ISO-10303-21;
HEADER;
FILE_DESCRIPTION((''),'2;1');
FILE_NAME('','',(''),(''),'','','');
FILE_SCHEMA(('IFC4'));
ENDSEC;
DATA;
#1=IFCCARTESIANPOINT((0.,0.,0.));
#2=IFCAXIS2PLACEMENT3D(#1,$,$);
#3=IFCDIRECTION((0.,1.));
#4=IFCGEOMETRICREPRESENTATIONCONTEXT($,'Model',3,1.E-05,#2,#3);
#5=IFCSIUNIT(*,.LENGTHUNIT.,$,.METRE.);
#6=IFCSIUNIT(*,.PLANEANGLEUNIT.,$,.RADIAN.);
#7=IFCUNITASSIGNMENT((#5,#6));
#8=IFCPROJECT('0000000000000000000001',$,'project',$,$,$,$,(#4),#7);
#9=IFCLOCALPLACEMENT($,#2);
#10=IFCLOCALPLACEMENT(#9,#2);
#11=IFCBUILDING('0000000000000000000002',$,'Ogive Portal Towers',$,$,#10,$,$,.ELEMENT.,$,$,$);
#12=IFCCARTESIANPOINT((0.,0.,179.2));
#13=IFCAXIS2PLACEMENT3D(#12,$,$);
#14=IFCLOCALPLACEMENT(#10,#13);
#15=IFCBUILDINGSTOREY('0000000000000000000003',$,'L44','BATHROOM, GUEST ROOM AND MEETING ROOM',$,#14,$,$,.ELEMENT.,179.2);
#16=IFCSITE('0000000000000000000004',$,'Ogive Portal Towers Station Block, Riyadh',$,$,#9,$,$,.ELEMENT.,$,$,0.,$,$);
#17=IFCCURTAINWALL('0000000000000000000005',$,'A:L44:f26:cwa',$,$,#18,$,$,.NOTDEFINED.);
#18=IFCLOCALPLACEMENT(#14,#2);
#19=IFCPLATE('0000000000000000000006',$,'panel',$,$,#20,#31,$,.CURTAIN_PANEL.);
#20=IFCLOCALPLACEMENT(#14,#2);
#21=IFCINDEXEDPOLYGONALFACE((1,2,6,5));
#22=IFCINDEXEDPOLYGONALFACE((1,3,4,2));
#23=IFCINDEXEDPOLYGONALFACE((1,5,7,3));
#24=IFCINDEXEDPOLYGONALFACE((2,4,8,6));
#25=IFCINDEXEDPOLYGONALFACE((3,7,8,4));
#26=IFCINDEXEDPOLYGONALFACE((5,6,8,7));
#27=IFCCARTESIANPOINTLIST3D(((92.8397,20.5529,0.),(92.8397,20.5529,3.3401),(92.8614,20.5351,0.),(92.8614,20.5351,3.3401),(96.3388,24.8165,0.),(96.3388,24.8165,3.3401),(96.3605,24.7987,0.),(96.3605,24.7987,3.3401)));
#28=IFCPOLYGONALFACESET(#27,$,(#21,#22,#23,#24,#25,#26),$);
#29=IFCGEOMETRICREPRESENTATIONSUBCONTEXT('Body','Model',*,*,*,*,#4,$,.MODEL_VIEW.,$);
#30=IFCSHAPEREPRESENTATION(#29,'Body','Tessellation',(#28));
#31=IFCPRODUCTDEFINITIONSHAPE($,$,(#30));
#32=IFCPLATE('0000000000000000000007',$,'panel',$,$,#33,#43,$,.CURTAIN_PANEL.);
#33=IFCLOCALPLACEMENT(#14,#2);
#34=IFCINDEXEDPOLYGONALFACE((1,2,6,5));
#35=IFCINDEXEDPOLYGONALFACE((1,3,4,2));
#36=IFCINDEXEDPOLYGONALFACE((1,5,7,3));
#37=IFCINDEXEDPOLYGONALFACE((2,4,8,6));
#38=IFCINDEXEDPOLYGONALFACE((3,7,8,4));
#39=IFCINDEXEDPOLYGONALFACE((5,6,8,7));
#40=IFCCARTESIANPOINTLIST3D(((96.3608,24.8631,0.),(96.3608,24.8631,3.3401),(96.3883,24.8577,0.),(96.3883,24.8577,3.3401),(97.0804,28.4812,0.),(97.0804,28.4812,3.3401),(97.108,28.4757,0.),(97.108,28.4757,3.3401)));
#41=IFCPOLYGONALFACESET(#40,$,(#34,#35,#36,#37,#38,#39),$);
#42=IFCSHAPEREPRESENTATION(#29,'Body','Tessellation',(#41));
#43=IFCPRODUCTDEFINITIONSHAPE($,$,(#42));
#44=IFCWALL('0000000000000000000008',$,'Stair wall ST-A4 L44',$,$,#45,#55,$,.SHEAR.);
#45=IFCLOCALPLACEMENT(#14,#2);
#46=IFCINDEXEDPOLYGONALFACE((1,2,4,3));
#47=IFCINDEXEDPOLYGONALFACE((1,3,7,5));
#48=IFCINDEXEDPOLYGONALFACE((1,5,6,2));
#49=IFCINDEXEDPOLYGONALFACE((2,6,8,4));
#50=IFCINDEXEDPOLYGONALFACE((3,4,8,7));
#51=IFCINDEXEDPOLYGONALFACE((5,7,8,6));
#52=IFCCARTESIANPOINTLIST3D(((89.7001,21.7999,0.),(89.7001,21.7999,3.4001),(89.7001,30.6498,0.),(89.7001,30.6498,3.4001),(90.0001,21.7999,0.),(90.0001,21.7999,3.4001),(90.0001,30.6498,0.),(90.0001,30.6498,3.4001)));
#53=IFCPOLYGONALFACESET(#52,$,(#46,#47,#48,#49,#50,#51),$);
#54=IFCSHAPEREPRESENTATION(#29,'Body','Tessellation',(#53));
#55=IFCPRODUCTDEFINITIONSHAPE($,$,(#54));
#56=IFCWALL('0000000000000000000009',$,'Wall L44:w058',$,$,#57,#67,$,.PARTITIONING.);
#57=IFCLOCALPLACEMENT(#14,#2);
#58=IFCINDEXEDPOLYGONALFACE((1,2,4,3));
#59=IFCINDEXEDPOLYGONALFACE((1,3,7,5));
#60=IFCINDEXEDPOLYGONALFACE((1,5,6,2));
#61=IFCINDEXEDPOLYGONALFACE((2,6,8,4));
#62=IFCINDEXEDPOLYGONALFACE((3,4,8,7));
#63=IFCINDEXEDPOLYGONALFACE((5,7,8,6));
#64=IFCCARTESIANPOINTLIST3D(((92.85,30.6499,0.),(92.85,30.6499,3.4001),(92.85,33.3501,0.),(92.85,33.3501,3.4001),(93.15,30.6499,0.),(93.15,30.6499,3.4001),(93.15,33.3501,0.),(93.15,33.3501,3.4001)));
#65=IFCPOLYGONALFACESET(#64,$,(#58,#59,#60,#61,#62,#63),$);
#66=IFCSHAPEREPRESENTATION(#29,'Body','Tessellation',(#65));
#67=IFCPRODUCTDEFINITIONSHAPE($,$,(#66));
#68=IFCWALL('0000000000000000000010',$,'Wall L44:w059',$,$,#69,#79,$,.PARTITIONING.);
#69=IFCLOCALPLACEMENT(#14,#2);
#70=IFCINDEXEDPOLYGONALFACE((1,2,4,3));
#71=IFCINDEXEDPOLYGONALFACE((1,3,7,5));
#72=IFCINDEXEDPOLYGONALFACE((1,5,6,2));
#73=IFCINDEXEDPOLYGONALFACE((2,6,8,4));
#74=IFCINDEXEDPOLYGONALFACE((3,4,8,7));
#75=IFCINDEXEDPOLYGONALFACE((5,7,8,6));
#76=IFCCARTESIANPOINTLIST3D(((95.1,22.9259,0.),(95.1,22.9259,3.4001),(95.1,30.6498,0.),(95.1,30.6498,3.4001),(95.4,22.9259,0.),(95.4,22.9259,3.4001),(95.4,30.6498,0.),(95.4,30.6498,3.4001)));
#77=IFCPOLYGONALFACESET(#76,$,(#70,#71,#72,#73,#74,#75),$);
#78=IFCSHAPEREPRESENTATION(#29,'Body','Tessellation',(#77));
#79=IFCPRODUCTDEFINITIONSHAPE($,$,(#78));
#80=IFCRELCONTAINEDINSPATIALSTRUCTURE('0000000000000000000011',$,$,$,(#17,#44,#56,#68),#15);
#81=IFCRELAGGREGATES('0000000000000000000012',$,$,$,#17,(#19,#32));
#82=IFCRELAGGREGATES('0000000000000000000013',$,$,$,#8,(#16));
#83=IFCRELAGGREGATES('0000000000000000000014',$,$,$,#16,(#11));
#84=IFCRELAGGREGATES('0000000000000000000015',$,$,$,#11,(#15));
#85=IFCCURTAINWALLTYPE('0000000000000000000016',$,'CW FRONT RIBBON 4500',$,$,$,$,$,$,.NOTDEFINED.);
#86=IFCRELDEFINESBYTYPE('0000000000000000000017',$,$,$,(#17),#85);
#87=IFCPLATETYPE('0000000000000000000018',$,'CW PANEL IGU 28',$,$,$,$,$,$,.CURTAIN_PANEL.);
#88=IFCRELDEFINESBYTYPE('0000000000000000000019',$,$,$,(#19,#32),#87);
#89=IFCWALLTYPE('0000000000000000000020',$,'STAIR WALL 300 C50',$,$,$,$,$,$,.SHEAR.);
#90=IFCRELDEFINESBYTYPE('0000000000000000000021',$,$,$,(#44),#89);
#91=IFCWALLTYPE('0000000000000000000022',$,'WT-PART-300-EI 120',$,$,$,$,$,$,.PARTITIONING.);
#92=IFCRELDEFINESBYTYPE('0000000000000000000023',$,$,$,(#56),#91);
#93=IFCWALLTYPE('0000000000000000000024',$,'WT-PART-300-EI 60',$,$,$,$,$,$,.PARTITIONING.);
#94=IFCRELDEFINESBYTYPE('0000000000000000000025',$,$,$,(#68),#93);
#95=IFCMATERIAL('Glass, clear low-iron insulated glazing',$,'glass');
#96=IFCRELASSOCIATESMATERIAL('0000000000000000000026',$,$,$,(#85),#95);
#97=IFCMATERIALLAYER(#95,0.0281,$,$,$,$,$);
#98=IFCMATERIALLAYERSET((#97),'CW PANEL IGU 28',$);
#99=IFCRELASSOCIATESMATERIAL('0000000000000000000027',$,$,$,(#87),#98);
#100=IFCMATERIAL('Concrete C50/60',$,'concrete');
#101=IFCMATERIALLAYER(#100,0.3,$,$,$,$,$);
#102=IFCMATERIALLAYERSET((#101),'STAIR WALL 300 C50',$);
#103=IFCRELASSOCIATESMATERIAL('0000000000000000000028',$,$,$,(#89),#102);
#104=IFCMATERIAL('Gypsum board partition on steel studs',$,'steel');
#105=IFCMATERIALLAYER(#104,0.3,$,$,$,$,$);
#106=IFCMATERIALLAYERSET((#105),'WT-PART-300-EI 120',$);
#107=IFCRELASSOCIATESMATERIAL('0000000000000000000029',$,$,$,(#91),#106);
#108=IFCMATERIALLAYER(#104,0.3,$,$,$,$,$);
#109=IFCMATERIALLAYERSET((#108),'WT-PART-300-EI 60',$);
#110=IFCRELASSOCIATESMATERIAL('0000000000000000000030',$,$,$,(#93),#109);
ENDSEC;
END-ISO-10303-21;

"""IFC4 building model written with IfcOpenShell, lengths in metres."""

from ifc_helpers import new_model, si_unit, direction, frame, frame_2d, origin, origin_2d, place, context, subcontext, project, spatial, rectangle, extrude, material, layer, layer_set, type_object, element, aggregate, save


model = new_model("IFC4")

# Units and contexts
model_context = context("Model", 3, precision=1e-05, world=origin(), true_north=direction((0.0, 1.0)))
body_context = subcontext(model_context, "Body", "Model", "MODEL_VIEW")
ifc_project = project(units=[si_unit("LENGTHUNIT", "METRE"), si_unit("PLANEANGLEUNIT", "RADIAN")], contexts=[model_context])

# Site, building, storey
site_placement = place(None, origin())
site = spatial("IfcSite", under=ifc_project, at=site_placement, Name="Ogive Portal Towers Station Block, Riyadh", CompositionType="ELEMENT", RefElevation=0.0)
building_placement = place(site_placement, origin())
building = spatial("IfcBuilding", under=site, at=building_placement, Name="Ogive Portal Towers", CompositionType="ELEMENT")
storey_placement = place(building_placement, frame((0.0, 0.0, 179.2)))
storey = spatial("IfcBuildingStorey", under=building, at=storey_placement, Name="L44", Description="BATHROOM, GUEST ROOM AND MEETING ROOM", CompositionType="ELEMENT", Elevation=179.2)

# Curtain wall
ifc_material_1 = material(Name="Glass, clear low-iron insulated glazing", Category="glass")
curtain_wall_type = type_object("IfcCurtainWallType", Name="CW FRONT RIBBON 4500", PredefinedType="NOTDEFINED", material=ifc_material_1)
curtain_wall_1_placement = place(storey_placement, origin())
curtain_wall_1 = element("IfcCurtainWall", 1, at=curtain_wall_1_placement, inside=storey, type_object=curtain_wall_type, Name="A:L44:f26:cwa", PredefinedType="NOTDEFINED")

# Plates
ifc_layer_1 = layer(ifc_material_1, 0.0281)
ifc_layer_set_1 = layer_set([ifc_layer_1], Name="CW PANEL IGU 28")
plate_type = type_object("IfcPlateType", Name="CW PANEL IGU 28", PredefinedType="CURTAIN_PANEL", material=ifc_layer_set_1)
plate_1_placement = place(storey_placement, frame((94.6001, 22.6758, 0.0), z_axis=(0.0, 0.0, 1.0), x_axis=(0.634393, 0.77301, 0.0)))
plate_1 = element("IfcPlate", 2, at=plate_1_placement, type_object=plate_type, Name="panel", PredefinedType="CURTAIN_PANEL", context=body_context, shape_type="SweptSolid", body=[
    extrude(rectangle(XDim=5.5156, YDim=0.0281, at=origin_2d()), origin(), (0.0, 0.0, 1.0), 3.3401),
])
plate_2_placement = place(storey_placement, frame((96.7344, 26.6694, 0.0), z_axis=(0.0, 0.0, 1.0), x_axis=(0.19509, 0.980785, 0.0)))
plate_2 = element("IfcPlate", 3, at=plate_2_placement, type_object=plate_type, Name="panel", PredefinedType="CURTAIN_PANEL", context=body_context, shape_type="SweptSolid", body=[
    extrude(rectangle(XDim=3.689, YDim=0.0281, at=origin_2d()), origin(), (0.0, 0.0, 1.0), 3.3401),
])
aggregate(curtain_wall_1, [plate_1, plate_2])

# Walls
ifc_material_2 = material(Name="Concrete C50/60", Category="concrete")
ifc_layer_2 = layer(ifc_material_2, 0.3)
ifc_layer_set_2 = layer_set([ifc_layer_2], Name="STAIR WALL 300 C50")
wall_type_1 = type_object("IfcWallType", Name="STAIR WALL 300 C50", PredefinedType="SHEAR", material=ifc_layer_set_2)
wall_1_placement = place(storey_placement, frame((89.8501, 21.8, 0.0), z_axis=(0.0, 0.0, 1.0), x_axis=(0.0, 1.0, 0.0)))
element("IfcWall", 4, at=wall_1_placement, inside=storey, type_object=wall_type_1, Name="Stair wall ST-A4 L44", PredefinedType="SHEAR", context=body_context, shape_type="SweptSolid", body=[
    extrude(rectangle(XDim=8.8499, YDim=0.3, at=frame_2d((4.4248, 0.0))), origin(), (0.0, 0.0, 1.0), 3.4001),
])
ifc_material_3 = material(Name="Gypsum board partition on steel studs", Category="steel")
ifc_layer_3 = layer(ifc_material_3, 0.3)
ifc_layer_set_3 = layer_set([ifc_layer_3], Name="WT-PART-300-EI 120")
wall_type_2 = type_object("IfcWallType", Name="WT-PART-300-EI 120", PredefinedType="PARTITIONING", material=ifc_layer_set_3)
wall_2_placement = place(storey_placement, frame((93.0, 30.6499, 0.0), z_axis=(0.0, 0.0, 1.0), x_axis=(0.0, 1.0, 0.0)))
element("IfcWall", 5, at=wall_2_placement, inside=storey, type_object=wall_type_2, Name="Wall L44:w058", PredefinedType="PARTITIONING", context=body_context, shape_type="SweptSolid", body=[
    extrude(rectangle(XDim=2.7002, YDim=0.3, at=frame_2d((1.3501, 0.0))), origin(), (0.0, 0.0, 1.0), 3.4001),
])
ifc_layer_4 = layer(ifc_material_3, 0.3)
ifc_layer_set_4 = layer_set([ifc_layer_4], Name="WT-PART-300-EI 60")
wall_type_3 = type_object("IfcWallType", Name="WT-PART-300-EI 60", PredefinedType="PARTITIONING", material=ifc_layer_set_4)
wall_3_placement = place(storey_placement, frame((95.25, 22.926, 0.0), z_axis=(0.0, 0.0, 1.0), x_axis=(0.0, 1.0, 0.0)))
element("IfcWall", 6, at=wall_3_placement, inside=storey, type_object=wall_type_3, Name="Wall L44:w059", PredefinedType="PARTITIONING", context=body_context, shape_type="SweptSolid", body=[
    extrude(rectangle(XDim=7.7239, YDim=0.3, at=frame_2d((3.8618, 0.0))), origin(), (0.0, 0.0, 1.0), 3.4001),
])

save(model, "model.ifc")
